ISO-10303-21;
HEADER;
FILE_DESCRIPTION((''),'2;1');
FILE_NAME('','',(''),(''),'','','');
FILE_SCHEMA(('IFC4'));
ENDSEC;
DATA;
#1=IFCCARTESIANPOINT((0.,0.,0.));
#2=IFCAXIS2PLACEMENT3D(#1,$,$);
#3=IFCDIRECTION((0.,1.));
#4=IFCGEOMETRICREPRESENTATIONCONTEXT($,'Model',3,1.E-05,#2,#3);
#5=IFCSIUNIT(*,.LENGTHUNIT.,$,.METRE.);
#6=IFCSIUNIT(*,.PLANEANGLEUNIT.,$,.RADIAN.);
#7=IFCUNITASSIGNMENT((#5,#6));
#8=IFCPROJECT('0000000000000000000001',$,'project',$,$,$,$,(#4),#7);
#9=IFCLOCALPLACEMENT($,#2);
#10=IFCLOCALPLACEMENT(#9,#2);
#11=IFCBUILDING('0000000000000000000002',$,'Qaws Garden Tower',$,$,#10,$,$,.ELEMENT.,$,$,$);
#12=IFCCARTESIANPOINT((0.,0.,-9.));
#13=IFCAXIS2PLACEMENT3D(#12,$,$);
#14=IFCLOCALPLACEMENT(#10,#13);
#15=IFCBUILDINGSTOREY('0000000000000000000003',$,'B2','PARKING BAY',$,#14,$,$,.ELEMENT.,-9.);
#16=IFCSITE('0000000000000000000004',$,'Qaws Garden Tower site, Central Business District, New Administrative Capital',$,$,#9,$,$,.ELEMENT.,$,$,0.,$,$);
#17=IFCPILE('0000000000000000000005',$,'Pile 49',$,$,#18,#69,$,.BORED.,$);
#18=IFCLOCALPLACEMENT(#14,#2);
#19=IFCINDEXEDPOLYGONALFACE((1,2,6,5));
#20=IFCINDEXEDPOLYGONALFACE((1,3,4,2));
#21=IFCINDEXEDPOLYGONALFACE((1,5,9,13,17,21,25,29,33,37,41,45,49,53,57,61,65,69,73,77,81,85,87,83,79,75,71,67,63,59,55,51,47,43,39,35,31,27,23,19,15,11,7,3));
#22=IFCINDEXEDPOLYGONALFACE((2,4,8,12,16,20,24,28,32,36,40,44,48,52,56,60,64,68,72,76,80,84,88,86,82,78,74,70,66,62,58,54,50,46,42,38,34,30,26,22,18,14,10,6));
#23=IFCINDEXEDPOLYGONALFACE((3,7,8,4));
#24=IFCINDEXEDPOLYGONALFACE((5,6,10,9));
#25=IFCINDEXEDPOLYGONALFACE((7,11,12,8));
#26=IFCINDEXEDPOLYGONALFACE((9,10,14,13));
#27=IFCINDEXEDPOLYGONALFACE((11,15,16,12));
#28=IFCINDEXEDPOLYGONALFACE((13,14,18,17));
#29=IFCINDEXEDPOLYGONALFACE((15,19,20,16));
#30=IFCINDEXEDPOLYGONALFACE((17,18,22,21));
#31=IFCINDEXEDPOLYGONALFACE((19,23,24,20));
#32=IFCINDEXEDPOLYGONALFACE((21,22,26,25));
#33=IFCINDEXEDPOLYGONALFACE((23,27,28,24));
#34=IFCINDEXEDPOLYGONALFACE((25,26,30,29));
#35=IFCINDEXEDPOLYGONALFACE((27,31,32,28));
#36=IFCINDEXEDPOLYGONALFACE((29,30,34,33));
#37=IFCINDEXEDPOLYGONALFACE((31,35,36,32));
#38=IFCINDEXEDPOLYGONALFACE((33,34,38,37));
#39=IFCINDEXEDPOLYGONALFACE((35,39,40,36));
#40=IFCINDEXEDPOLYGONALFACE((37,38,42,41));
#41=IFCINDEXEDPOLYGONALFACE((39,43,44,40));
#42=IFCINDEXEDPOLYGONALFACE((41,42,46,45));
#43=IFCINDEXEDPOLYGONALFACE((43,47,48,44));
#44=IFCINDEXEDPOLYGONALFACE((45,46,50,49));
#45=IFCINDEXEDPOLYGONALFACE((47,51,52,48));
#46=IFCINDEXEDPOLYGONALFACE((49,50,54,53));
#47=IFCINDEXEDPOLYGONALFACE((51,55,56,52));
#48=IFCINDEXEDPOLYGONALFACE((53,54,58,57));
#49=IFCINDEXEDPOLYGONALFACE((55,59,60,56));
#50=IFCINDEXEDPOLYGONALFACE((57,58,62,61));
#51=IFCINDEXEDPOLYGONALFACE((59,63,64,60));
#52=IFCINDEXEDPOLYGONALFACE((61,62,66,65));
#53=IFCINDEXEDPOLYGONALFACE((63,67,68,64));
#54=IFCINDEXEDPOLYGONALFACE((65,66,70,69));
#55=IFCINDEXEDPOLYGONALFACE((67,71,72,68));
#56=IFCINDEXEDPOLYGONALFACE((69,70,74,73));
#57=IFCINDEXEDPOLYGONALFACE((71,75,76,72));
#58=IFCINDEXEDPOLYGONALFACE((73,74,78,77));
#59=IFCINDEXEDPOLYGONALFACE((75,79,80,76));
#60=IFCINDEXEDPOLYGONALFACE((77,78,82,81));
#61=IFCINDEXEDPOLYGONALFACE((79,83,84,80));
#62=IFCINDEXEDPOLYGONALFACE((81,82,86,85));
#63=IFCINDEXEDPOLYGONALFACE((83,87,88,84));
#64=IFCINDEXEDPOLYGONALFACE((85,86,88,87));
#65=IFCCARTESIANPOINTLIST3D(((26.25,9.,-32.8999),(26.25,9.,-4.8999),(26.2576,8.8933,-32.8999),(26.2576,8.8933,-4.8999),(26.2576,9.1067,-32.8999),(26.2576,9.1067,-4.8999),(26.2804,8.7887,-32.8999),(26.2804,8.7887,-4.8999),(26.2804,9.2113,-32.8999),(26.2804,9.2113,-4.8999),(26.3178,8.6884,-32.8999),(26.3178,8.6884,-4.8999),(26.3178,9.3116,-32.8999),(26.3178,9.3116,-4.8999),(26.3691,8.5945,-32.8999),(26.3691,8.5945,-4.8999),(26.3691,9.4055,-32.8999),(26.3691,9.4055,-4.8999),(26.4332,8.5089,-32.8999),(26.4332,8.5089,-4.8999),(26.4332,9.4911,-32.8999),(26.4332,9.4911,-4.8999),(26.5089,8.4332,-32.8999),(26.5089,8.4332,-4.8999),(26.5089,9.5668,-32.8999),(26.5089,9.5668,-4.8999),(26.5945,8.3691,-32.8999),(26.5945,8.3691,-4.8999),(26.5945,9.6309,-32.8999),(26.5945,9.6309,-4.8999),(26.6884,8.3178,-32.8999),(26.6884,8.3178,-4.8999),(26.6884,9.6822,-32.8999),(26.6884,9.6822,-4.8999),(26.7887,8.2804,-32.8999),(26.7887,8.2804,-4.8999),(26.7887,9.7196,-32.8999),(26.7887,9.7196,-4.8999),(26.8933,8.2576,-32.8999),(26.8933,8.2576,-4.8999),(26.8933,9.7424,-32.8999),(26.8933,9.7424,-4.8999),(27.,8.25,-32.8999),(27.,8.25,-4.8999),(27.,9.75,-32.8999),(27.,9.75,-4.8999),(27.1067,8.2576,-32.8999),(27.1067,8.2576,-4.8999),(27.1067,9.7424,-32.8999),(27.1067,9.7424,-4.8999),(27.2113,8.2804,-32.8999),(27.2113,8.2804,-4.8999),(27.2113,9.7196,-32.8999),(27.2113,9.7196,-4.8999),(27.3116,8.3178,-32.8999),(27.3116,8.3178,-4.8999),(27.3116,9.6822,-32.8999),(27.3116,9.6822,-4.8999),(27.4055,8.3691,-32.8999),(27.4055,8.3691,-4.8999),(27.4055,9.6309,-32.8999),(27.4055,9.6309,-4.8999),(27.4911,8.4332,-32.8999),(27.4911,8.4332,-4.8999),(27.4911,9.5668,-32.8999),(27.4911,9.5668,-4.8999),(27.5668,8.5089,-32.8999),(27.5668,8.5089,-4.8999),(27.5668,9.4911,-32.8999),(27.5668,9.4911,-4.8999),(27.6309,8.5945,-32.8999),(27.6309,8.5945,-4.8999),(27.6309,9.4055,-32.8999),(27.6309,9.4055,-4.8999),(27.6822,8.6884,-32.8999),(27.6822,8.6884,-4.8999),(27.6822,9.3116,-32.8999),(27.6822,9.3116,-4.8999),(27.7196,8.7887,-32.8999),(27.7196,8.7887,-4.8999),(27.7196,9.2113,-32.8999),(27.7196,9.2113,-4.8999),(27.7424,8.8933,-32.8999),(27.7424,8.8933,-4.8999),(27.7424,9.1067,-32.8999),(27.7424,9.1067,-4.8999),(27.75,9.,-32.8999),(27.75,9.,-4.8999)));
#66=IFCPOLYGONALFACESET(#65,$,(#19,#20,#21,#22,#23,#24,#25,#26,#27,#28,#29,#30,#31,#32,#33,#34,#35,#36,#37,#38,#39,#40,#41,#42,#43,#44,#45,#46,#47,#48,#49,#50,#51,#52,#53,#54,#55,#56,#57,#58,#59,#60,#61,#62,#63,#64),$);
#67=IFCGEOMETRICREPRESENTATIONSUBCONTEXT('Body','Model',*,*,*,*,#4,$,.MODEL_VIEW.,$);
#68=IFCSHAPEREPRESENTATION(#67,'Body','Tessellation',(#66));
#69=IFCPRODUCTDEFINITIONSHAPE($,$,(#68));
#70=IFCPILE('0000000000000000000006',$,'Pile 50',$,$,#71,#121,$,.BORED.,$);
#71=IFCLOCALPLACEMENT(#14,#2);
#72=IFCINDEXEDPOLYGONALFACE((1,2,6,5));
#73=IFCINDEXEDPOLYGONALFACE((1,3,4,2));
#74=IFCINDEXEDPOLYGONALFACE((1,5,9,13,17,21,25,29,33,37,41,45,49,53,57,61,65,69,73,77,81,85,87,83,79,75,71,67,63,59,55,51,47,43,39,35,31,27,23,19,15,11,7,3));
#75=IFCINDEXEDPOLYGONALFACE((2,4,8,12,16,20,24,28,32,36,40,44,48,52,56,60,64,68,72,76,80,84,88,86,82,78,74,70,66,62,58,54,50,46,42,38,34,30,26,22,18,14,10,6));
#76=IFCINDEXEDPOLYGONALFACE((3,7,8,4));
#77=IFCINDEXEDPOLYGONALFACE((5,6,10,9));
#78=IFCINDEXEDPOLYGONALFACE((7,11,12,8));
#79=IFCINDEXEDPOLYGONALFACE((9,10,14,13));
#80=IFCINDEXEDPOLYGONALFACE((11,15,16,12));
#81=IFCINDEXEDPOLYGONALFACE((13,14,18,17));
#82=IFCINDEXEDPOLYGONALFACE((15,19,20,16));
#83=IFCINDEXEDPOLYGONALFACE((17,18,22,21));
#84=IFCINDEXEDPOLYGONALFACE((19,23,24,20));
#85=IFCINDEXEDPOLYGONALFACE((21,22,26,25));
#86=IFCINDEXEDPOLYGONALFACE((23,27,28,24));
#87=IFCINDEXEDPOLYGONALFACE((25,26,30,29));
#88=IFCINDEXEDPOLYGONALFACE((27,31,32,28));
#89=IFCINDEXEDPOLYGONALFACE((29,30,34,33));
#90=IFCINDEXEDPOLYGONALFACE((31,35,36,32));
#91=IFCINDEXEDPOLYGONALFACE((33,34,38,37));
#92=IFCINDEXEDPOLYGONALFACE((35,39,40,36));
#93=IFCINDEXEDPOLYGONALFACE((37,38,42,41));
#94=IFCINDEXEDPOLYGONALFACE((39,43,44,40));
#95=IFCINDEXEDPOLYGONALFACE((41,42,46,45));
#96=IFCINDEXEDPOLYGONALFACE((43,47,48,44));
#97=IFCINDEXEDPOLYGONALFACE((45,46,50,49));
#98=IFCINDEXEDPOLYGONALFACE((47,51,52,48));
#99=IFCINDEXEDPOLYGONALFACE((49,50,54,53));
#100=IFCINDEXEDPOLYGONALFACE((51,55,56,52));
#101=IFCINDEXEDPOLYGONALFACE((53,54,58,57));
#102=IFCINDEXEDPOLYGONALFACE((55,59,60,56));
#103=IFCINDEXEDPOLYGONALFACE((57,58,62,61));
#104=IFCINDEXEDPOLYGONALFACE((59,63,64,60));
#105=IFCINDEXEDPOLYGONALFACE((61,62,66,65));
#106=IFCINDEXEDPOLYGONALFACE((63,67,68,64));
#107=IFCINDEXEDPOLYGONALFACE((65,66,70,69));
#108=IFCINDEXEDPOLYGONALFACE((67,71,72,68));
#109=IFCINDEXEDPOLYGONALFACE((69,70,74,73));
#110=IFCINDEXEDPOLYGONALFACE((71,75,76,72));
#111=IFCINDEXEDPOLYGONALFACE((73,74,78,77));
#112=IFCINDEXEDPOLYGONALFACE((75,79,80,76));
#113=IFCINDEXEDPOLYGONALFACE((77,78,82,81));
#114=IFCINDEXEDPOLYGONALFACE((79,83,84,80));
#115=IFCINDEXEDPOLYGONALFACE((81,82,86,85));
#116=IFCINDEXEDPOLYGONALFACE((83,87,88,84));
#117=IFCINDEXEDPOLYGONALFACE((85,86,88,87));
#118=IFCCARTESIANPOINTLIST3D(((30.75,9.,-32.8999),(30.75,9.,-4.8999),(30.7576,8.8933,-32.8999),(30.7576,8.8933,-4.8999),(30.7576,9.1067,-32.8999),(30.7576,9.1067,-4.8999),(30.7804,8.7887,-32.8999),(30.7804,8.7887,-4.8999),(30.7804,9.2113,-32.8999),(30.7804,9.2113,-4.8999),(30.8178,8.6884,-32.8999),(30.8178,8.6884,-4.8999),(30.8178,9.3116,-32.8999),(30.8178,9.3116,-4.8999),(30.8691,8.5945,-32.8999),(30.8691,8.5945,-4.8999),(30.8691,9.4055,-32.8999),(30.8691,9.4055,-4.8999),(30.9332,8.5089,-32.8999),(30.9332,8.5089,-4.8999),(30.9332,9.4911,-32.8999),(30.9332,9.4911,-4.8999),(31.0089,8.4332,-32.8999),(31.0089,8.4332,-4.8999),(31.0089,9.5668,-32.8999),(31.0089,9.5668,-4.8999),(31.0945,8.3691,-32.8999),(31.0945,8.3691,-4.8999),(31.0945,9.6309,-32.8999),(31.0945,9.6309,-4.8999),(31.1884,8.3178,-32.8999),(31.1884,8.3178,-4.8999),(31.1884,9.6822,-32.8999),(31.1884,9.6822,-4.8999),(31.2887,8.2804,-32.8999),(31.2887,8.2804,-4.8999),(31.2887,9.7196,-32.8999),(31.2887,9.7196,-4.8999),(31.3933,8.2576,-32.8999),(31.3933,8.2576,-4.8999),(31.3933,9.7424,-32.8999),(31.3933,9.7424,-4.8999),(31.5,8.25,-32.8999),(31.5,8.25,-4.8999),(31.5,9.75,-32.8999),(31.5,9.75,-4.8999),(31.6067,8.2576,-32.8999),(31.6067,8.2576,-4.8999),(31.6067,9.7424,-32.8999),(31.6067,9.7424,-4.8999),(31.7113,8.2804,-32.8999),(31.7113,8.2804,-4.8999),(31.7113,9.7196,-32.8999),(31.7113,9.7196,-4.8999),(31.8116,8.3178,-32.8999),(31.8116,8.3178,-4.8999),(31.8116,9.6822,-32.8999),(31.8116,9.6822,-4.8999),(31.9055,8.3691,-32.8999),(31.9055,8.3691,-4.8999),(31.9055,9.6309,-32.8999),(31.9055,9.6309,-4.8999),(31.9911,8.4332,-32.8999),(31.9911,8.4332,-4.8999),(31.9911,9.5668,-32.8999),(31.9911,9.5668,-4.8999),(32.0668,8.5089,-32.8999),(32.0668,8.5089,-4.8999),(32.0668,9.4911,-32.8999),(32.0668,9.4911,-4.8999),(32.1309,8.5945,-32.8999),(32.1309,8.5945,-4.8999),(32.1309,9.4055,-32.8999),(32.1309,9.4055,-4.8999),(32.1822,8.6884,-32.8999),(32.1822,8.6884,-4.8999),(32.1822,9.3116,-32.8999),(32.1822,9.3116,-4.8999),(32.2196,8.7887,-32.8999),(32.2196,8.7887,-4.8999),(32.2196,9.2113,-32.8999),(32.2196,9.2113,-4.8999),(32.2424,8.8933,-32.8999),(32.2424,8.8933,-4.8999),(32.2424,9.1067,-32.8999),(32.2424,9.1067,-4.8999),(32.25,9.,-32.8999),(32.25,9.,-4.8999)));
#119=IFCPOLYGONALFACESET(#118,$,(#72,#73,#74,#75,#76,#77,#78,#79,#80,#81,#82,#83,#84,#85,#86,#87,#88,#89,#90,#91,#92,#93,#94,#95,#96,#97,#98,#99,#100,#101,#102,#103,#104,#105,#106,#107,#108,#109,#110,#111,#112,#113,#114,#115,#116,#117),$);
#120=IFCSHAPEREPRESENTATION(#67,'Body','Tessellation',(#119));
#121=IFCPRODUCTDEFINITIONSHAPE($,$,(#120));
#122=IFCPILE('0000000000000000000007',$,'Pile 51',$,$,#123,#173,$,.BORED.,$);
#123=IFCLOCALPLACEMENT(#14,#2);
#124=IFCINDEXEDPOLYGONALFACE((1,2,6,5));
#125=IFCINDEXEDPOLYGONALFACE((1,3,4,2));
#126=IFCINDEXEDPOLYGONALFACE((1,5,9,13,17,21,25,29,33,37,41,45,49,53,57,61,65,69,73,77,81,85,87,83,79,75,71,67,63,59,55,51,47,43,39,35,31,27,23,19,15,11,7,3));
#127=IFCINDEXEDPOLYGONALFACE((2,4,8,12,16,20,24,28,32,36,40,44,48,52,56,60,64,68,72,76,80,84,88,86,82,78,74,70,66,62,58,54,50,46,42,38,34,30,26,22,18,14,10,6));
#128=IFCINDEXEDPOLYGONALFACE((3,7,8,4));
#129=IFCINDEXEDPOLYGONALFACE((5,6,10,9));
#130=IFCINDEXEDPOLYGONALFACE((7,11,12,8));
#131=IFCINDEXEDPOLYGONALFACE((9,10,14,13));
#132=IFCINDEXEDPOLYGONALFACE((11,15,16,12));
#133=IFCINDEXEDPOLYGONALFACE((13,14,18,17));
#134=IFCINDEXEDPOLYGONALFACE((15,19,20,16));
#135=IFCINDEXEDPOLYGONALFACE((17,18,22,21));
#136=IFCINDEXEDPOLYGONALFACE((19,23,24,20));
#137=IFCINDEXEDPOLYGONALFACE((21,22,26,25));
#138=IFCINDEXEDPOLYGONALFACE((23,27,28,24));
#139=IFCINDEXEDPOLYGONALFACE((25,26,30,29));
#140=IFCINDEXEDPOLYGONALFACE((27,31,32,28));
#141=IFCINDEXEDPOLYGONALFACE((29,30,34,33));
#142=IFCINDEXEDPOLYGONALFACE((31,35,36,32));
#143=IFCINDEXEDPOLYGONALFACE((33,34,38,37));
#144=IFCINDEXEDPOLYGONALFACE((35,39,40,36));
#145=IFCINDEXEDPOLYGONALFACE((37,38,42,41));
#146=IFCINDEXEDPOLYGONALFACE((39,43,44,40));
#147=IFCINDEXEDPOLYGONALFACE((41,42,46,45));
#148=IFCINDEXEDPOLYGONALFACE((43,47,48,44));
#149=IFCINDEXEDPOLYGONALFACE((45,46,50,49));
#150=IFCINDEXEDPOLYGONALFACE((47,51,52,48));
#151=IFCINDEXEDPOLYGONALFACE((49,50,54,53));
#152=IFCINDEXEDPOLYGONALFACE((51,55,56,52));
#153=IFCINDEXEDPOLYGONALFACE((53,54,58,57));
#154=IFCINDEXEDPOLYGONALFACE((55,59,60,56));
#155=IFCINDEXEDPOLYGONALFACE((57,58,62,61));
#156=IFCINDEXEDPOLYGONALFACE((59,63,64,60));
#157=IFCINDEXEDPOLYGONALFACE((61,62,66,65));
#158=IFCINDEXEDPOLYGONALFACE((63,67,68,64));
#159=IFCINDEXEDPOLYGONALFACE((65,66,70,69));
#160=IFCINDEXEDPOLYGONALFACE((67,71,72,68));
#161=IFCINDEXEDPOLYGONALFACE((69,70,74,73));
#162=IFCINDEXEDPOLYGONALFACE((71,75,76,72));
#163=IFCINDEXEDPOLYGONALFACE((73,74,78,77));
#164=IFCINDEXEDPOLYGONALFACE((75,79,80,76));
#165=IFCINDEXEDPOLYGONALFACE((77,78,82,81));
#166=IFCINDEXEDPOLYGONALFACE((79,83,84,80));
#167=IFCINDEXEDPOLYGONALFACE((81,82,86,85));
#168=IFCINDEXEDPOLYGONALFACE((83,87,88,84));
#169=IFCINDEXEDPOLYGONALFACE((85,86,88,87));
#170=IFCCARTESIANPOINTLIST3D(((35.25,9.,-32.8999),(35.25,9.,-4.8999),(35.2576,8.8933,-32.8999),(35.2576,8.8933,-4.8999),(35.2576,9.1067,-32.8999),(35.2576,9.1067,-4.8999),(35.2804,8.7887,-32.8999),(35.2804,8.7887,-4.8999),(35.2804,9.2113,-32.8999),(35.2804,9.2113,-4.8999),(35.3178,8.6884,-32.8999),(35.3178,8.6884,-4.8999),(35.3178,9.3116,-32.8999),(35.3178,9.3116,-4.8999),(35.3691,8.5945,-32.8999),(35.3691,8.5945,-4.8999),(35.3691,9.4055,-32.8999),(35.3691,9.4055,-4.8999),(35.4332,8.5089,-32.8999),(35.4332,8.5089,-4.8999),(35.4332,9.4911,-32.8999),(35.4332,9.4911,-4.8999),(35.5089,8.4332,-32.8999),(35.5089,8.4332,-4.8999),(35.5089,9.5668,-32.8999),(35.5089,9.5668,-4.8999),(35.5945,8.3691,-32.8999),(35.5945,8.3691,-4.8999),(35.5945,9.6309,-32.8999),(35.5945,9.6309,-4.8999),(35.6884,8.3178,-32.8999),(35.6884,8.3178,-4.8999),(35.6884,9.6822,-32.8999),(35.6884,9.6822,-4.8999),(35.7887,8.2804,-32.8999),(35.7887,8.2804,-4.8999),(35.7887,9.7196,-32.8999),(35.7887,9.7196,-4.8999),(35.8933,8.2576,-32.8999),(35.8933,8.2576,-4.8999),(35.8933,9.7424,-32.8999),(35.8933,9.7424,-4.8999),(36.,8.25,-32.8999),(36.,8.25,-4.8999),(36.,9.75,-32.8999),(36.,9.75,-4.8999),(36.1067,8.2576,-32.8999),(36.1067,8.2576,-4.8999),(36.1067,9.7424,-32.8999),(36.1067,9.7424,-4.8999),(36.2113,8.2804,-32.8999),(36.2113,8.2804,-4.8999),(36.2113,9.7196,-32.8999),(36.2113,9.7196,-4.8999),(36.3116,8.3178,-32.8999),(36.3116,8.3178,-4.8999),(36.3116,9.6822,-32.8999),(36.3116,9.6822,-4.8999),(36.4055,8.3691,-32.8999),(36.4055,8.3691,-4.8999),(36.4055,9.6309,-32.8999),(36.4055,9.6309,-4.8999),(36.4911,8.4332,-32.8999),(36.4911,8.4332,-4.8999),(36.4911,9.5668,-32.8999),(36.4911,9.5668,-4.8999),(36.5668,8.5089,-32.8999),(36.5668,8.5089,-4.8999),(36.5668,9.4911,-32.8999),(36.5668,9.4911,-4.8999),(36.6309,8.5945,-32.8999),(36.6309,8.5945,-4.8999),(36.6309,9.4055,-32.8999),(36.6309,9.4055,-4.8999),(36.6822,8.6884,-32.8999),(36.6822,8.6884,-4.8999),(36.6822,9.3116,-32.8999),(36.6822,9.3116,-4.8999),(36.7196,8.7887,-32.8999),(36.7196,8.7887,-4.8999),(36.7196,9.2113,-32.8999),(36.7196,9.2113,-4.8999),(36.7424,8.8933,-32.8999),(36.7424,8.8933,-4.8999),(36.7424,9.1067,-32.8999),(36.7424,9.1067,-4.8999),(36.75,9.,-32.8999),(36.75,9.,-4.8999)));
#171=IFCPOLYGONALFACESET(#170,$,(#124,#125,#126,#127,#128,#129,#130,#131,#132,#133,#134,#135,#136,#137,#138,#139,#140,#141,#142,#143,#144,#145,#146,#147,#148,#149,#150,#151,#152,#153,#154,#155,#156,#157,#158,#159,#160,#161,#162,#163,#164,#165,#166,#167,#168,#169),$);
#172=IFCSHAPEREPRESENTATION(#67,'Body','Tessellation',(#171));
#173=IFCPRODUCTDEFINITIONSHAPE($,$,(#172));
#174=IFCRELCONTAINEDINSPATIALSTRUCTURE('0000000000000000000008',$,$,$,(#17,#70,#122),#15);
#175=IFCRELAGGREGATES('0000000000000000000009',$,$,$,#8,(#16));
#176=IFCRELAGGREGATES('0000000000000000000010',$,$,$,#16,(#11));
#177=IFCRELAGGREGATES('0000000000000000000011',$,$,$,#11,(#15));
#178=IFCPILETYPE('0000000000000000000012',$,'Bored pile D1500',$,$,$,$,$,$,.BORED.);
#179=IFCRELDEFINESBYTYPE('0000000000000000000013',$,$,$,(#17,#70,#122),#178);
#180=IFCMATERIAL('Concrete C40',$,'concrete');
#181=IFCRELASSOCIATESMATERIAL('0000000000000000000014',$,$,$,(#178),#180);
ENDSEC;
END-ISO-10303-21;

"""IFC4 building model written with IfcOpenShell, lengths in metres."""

from ifc_helpers import new_model, si_unit, direction, frame, origin, origin_2d, place, context, subcontext, project, spatial, circle, extrude, material, material_profile, profile_set, type_object, element, save


model = new_model("IFC4")

# Units and contexts
model_context = context("Model", 3, precision=1e-05, world=origin(), true_north=direction((0.0, 1.0)))
body_context = subcontext(model_context, "Body", "Model", "MODEL_VIEW")
ifc_project = project(units=[si_unit("LENGTHUNIT", "METRE"), si_unit("PLANEANGLEUNIT", "RADIAN")], contexts=[model_context])

# Site, building, storey
site_placement = place(None, origin())
site = spatial("IfcSite", under=ifc_project, at=site_placement, Name="Qaws Garden Tower site, Central Business District, New Administrative Capital", CompositionType="ELEMENT", RefElevation=0.0)
building_placement = place(site_placement, origin())
building = spatial("IfcBuilding", under=site, at=building_placement, Name="Qaws Garden Tower", CompositionType="ELEMENT")
storey_placement = place(building_placement, frame((0.0, 0.0, -9.0)))
storey = spatial("IfcBuildingStorey", under=building, at=storey_placement, Name="B2", Description="PARKING BAY", CompositionType="ELEMENT", Elevation=-9.0)

# Piles
ifc_material_1 = material(Name="Concrete C40", Category="concrete")
ifc_material_profile_1 = material_profile(ifc_material_1, circle(Radius=0.75, at=origin_2d()), Name="Bored pile D1500")
ifc_profile_set_1 = profile_set([ifc_material_profile_1], Name="Concrete C40")
pile_type = type_object("IfcPileType", Name="Bored pile D1500", PredefinedType="BORED", material=ifc_profile_set_1)
for number, where, z_axis, x_axis, name in (
    (1, (27.0, 9.0, -4.8999), (0.0, 0.0, -1.0), (1.0, 0.0, 0.0), "Pile 49"),
    (2, (31.5, 9.0, -4.8999), (0.0, 0.0, -1.0), (1.0, 0.0, 0.0), "Pile 50"),
    (3, (36.0, 9.0, -4.8999), (0.0, 0.0, -1.0), (1.0, 0.0, 0.0), "Pile 51"),
):
    element("IfcPile", number, at=place(storey_placement, frame(where, z_axis=z_axis, x_axis=x_axis)), inside=storey, type_object=pile_type, Name=name, PredefinedType="BORED", context=body_context, shape_type="SweptSolid", body=[
        extrude(circle(Radius=0.75, at=origin_2d()), origin(), (0.0, 0.0, 1.0), 28.0),
    ])

save(model, "model.ifc")
